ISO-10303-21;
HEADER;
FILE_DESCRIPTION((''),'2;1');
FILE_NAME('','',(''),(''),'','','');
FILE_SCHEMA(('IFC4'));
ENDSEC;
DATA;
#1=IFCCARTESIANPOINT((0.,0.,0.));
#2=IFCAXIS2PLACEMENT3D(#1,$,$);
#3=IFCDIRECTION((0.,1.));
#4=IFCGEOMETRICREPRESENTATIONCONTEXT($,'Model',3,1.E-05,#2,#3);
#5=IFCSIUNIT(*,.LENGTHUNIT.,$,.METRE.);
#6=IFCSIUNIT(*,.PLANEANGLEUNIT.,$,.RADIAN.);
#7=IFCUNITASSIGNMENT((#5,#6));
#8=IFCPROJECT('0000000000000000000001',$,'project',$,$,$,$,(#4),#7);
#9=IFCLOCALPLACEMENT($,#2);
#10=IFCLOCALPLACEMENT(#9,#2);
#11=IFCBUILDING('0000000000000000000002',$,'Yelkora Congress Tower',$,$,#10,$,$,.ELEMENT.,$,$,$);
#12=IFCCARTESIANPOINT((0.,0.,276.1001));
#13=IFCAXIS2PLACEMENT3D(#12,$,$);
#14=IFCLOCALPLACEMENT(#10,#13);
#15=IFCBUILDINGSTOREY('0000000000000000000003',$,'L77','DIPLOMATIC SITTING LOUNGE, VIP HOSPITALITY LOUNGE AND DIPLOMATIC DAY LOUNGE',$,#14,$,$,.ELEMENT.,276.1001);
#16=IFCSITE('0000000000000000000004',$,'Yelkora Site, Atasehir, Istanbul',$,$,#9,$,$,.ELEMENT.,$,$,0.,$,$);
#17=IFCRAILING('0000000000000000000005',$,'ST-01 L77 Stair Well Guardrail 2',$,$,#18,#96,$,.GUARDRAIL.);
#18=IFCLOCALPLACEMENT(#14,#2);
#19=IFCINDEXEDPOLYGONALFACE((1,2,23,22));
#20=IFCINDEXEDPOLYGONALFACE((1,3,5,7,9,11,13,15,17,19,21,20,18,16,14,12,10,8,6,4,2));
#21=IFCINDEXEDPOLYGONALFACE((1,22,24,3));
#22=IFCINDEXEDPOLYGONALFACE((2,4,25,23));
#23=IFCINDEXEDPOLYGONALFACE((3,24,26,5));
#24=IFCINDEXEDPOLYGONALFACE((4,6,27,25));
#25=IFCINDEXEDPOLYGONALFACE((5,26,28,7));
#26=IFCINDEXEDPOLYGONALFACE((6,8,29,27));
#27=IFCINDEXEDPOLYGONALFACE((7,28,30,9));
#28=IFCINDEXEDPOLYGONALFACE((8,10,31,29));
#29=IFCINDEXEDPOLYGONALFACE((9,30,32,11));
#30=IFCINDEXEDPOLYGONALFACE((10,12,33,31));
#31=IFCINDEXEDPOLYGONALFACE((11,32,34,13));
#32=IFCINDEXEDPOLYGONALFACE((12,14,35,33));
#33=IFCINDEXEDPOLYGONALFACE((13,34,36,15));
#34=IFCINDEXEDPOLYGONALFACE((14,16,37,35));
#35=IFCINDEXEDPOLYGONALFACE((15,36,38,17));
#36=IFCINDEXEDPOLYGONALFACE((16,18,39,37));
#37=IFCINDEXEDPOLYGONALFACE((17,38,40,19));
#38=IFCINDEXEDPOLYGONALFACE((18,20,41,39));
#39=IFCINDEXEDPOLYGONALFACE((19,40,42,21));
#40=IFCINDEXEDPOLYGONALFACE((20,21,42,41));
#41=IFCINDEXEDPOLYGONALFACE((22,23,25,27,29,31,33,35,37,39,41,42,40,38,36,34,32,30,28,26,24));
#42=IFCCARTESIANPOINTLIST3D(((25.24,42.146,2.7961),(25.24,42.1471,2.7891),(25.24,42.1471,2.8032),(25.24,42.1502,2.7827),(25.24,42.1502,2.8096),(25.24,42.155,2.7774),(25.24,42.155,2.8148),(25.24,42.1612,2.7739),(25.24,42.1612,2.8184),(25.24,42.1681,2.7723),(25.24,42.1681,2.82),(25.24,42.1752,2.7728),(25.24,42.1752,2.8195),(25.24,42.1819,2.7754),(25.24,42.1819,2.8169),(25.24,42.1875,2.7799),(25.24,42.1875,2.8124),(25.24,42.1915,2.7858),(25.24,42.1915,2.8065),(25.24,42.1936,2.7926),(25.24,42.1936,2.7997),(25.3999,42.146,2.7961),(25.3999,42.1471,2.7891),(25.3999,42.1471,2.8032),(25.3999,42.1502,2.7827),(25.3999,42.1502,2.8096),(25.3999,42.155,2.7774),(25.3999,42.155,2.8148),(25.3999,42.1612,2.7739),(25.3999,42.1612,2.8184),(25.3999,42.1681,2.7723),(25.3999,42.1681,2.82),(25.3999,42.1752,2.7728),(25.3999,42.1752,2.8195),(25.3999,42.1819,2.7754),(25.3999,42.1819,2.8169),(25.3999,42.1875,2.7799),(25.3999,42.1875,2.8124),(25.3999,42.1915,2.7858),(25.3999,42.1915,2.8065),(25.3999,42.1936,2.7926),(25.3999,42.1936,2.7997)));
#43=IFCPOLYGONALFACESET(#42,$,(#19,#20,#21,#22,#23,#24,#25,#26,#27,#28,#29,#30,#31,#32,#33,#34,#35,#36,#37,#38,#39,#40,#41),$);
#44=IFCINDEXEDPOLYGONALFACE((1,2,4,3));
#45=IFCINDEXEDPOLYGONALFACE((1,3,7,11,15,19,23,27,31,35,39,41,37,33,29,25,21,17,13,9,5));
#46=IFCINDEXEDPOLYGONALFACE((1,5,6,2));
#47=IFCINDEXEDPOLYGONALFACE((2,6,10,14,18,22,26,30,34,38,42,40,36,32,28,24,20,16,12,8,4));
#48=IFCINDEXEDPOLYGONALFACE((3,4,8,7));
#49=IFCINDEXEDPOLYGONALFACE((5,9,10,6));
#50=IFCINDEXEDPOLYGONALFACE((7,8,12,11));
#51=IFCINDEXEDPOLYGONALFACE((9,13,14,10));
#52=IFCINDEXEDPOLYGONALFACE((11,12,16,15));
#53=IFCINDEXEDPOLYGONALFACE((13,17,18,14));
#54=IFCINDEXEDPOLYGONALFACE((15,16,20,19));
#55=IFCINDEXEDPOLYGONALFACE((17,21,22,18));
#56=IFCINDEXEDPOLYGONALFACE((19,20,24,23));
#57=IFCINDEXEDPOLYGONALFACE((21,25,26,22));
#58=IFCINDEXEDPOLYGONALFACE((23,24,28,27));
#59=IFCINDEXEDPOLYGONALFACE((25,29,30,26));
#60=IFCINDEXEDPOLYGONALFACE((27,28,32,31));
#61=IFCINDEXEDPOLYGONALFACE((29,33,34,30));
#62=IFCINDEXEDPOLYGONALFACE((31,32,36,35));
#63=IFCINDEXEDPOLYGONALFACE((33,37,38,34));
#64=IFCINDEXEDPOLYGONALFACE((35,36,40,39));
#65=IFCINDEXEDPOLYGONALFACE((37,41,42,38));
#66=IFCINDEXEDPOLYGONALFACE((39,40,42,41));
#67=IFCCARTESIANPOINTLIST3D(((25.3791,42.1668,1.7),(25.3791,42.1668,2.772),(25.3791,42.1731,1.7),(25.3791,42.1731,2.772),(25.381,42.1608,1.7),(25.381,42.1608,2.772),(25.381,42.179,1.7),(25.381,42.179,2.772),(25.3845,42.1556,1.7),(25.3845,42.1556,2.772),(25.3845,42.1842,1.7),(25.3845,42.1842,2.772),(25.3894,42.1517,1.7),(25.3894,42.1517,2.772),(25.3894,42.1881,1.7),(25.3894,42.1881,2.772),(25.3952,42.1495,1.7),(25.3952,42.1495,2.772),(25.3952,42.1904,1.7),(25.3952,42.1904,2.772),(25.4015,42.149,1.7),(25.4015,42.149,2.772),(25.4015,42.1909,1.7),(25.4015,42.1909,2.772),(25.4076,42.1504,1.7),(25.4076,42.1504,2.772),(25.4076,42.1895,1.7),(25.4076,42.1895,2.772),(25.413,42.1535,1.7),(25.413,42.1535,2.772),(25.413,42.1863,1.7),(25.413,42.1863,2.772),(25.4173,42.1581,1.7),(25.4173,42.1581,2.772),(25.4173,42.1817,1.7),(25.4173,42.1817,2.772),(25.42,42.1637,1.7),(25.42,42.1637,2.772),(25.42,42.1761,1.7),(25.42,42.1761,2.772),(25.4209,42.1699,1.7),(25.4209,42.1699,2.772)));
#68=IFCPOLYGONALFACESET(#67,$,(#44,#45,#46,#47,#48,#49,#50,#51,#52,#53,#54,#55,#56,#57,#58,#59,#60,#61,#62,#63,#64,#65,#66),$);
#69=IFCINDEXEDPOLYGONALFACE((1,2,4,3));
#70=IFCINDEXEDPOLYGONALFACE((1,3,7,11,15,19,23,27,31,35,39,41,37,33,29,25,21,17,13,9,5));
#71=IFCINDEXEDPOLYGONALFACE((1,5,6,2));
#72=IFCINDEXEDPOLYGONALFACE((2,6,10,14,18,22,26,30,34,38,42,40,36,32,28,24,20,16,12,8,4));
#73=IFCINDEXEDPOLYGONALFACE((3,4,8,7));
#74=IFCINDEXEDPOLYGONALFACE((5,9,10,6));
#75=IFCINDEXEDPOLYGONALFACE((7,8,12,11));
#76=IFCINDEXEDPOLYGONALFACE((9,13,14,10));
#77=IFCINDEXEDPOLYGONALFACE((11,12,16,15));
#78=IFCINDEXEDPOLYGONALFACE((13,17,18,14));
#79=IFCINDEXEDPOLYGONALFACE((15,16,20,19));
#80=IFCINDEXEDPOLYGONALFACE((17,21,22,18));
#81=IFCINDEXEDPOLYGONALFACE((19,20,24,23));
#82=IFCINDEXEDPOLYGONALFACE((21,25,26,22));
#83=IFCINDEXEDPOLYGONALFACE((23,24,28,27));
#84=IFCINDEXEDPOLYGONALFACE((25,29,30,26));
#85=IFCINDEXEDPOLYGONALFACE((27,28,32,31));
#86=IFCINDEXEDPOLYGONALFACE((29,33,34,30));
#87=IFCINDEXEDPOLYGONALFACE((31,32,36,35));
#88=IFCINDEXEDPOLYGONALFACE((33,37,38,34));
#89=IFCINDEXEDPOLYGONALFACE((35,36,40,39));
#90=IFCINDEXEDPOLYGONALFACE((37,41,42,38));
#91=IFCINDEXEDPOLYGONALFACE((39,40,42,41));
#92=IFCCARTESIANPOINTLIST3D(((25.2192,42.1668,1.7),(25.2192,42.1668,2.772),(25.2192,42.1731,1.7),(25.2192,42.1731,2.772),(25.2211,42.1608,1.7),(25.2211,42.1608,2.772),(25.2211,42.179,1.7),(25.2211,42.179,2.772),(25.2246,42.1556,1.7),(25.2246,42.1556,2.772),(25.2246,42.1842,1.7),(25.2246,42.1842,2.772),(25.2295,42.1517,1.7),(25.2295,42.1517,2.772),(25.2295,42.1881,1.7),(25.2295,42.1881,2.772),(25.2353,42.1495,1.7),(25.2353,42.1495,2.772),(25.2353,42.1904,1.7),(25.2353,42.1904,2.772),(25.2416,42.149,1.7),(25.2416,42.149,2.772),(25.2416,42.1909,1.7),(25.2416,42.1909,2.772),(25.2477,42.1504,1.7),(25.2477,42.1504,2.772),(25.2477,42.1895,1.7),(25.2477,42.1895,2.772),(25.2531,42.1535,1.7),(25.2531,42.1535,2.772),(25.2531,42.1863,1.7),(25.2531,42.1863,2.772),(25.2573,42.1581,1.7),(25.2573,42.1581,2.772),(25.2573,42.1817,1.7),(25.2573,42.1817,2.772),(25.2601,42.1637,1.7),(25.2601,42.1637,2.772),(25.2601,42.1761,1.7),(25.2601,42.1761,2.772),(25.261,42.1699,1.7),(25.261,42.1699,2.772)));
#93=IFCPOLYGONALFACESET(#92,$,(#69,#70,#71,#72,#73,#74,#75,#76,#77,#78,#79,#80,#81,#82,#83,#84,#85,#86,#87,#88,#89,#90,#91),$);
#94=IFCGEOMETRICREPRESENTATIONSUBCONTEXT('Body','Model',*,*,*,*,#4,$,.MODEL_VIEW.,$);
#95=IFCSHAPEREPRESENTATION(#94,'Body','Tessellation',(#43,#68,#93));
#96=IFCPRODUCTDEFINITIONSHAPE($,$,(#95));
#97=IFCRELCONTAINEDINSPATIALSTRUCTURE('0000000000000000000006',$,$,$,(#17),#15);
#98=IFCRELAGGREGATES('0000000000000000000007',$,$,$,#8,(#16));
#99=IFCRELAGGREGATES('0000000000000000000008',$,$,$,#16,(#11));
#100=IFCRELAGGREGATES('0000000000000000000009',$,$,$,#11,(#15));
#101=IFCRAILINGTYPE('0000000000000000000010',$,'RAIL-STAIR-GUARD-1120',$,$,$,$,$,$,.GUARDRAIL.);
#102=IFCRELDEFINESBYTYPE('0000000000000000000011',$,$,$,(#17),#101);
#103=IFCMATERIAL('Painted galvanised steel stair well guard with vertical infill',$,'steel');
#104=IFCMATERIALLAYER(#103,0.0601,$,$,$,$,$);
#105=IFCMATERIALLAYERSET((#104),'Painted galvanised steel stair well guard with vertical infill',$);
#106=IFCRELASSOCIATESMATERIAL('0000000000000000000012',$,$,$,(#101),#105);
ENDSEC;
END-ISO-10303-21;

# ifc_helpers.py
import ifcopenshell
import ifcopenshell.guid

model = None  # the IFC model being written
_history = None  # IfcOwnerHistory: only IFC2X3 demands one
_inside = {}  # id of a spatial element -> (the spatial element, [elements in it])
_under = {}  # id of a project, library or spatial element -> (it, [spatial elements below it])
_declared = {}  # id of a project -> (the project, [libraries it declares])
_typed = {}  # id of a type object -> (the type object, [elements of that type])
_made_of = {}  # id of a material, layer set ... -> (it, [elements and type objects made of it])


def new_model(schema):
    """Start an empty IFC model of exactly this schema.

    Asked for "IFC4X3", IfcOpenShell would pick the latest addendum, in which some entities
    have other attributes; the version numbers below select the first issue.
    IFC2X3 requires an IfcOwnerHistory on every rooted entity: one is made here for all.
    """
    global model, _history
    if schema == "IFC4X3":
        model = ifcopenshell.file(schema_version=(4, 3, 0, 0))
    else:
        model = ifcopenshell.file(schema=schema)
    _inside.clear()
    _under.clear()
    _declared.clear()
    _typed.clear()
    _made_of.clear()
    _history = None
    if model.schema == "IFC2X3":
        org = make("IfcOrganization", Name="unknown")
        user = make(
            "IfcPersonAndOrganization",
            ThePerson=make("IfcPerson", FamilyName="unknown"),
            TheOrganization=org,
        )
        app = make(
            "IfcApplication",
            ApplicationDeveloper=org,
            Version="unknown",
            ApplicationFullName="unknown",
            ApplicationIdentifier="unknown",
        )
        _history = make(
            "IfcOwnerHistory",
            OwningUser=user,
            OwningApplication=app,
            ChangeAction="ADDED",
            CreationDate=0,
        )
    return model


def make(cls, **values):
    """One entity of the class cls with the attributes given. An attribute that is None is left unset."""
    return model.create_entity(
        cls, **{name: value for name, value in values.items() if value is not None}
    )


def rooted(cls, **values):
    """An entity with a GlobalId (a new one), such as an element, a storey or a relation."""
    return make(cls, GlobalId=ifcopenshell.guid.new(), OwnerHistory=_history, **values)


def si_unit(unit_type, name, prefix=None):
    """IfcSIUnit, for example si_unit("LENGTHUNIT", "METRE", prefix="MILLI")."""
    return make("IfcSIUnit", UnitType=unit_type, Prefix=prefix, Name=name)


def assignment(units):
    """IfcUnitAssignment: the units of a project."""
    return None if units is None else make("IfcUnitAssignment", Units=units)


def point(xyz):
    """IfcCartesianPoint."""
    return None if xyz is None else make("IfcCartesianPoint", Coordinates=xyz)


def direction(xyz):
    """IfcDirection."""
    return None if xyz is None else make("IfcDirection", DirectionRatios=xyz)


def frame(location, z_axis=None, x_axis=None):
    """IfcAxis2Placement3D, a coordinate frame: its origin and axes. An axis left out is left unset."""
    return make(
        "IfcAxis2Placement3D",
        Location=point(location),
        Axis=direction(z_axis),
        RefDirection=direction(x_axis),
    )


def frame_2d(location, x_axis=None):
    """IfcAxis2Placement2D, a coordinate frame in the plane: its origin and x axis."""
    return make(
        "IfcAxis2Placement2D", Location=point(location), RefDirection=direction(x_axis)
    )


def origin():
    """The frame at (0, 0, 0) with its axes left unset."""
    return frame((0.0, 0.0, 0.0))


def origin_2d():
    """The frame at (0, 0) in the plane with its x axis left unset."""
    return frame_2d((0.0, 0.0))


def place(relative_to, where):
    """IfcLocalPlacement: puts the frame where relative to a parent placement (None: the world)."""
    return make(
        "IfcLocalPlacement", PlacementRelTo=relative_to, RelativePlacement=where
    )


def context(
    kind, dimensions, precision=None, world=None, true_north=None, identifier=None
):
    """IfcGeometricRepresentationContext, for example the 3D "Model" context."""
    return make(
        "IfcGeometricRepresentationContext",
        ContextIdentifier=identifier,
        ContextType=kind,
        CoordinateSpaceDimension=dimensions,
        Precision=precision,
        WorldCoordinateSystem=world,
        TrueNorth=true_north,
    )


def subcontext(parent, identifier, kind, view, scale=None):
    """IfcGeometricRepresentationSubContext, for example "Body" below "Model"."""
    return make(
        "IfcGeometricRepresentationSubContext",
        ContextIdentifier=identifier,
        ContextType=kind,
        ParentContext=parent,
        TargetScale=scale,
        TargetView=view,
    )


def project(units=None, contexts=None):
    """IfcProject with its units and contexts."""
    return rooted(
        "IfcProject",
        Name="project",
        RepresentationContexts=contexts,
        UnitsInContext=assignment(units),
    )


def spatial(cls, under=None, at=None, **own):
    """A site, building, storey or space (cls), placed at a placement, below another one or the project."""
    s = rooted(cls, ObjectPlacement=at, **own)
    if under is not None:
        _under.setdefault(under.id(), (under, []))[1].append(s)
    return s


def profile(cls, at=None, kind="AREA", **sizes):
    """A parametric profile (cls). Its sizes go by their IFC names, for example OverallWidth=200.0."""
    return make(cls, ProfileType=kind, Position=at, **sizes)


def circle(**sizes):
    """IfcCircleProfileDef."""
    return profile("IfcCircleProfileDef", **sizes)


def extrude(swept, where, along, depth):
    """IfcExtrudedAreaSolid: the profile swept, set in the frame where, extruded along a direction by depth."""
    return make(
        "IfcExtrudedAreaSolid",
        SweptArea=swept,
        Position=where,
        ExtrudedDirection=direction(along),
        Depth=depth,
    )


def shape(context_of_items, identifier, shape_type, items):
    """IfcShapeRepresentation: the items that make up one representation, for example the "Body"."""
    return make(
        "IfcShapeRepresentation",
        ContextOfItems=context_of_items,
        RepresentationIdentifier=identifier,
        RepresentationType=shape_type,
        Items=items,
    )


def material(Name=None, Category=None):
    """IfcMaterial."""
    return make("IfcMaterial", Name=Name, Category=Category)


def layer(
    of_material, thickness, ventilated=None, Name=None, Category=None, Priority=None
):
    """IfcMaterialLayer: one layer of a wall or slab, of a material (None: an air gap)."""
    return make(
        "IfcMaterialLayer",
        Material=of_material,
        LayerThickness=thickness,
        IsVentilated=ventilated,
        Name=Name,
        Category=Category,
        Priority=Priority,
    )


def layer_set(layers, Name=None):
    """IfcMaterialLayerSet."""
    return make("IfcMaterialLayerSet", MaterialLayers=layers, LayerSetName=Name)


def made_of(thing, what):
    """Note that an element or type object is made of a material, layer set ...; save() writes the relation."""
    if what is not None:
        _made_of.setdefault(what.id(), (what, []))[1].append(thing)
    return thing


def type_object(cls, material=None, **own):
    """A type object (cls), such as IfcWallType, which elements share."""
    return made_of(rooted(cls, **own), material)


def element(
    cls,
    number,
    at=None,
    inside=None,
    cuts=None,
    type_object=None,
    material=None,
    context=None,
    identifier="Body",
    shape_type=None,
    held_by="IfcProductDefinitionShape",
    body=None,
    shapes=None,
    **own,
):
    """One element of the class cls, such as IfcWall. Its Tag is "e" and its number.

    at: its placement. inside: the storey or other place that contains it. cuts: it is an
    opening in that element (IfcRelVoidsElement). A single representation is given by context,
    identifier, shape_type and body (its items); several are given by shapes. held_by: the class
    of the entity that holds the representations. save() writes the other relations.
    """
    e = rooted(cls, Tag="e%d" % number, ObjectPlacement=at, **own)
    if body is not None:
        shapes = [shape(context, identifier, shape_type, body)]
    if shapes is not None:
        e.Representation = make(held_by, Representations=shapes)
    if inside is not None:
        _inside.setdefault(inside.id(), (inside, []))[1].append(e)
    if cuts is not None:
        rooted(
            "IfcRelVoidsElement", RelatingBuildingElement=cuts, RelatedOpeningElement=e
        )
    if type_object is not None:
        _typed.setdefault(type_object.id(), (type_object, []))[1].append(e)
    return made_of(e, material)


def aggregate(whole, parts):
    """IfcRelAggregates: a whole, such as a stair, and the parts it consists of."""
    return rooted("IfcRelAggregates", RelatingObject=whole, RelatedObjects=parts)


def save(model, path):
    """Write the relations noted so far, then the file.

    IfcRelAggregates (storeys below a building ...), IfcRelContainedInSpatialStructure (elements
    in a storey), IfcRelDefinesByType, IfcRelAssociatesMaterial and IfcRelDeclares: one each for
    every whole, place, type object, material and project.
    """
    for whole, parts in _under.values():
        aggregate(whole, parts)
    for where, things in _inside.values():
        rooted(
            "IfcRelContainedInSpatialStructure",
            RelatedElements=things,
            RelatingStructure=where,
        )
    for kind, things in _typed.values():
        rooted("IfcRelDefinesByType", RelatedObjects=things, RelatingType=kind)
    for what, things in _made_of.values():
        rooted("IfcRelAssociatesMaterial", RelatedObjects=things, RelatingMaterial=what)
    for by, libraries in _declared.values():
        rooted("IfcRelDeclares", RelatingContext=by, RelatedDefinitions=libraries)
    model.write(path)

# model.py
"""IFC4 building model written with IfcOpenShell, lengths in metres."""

from ifc_helpers import new_model, si_unit, direction, frame, origin, origin_2d, place, context, subcontext, project, spatial, circle, extrude, material, layer, layer_set, type_object, element, save


model = new_model("IFC4")

# Units and contexts
model_context = context("Model", 3, precision=1e-05, world=origin(), true_north=direction((0.0, 1.0)))
body_context = subcontext(model_context, "Body", "Model", "MODEL_VIEW")
ifc_project = project(units=[si_unit("LENGTHUNIT", "METRE"), si_unit("PLANEANGLEUNIT", "RADIAN")], contexts=[model_context])

# Site, building, storey
site_placement = place(None, origin())
site = spatial("IfcSite", under=ifc_project, at=site_placement, Name="Yelkora Site, Atasehir, Istanbul", CompositionType="ELEMENT", RefElevation=0.0)
building_placement = place(site_placement, origin())
building = spatial("IfcBuilding", under=site, at=building_placement, Name="Yelkora Congress Tower", CompositionType="ELEMENT")
storey_placement = place(building_placement, frame((0.0, 0.0, 276.1001)))
storey = spatial("IfcBuildingStorey", under=building, at=storey_placement, Name="L77", Description="DIPLOMATIC SITTING LOUNGE, VIP HOSPITALITY LOUNGE AND DIPLOMATIC DAY LOUNGE", CompositionType="ELEMENT", Elevation=276.1001)

# Railing
ifc_material_1 = material(Name="Painted galvanised steel stair well guard with vertical infill", Category="steel")
ifc_layer_1 = layer(ifc_material_1, 0.0601)
ifc_layer_set_1 = layer_set([ifc_layer_1], Name="Painted galvanised steel stair well guard with vertical infill")
railing_type_1 = type_object("IfcRailingType", Name="RAIL-STAIR-GUARD-1120", PredefinedType="GUARDRAIL", material=ifc_layer_set_1)
railing_1_placement = place(storey_placement, frame((25.3999, 42.1699, 1.7)))
element("IfcRailing", 1, at=railing_1_placement, inside=storey, type_object=railing_type_1, Name="ST-01 L77 Stair Well Guardrail 2", PredefinedType="GUARDRAIL", context=body_context, shape_type="SweptSolid", body=[
    extrude(circle(Radius=0.0239, at=origin_2d()), frame((0.0, 0.0, 1.0962), z_axis=(-1.0, 0.0, 0.0), x_axis=(0.0, -1.0, 0.0)), (0.0, 0.0, 1.0), 0.1599),
    extrude(circle(Radius=0.021, at=origin_2d()), origin(), (0.0, 0.0, 1.0), 1.072),
    extrude(circle(Radius=0.021, at=origin_2d()), frame((-0.1599, 0.0, 0.0)), (0.0, 0.0, 1.0), 1.072),
])

save(model, "model.ifc")
